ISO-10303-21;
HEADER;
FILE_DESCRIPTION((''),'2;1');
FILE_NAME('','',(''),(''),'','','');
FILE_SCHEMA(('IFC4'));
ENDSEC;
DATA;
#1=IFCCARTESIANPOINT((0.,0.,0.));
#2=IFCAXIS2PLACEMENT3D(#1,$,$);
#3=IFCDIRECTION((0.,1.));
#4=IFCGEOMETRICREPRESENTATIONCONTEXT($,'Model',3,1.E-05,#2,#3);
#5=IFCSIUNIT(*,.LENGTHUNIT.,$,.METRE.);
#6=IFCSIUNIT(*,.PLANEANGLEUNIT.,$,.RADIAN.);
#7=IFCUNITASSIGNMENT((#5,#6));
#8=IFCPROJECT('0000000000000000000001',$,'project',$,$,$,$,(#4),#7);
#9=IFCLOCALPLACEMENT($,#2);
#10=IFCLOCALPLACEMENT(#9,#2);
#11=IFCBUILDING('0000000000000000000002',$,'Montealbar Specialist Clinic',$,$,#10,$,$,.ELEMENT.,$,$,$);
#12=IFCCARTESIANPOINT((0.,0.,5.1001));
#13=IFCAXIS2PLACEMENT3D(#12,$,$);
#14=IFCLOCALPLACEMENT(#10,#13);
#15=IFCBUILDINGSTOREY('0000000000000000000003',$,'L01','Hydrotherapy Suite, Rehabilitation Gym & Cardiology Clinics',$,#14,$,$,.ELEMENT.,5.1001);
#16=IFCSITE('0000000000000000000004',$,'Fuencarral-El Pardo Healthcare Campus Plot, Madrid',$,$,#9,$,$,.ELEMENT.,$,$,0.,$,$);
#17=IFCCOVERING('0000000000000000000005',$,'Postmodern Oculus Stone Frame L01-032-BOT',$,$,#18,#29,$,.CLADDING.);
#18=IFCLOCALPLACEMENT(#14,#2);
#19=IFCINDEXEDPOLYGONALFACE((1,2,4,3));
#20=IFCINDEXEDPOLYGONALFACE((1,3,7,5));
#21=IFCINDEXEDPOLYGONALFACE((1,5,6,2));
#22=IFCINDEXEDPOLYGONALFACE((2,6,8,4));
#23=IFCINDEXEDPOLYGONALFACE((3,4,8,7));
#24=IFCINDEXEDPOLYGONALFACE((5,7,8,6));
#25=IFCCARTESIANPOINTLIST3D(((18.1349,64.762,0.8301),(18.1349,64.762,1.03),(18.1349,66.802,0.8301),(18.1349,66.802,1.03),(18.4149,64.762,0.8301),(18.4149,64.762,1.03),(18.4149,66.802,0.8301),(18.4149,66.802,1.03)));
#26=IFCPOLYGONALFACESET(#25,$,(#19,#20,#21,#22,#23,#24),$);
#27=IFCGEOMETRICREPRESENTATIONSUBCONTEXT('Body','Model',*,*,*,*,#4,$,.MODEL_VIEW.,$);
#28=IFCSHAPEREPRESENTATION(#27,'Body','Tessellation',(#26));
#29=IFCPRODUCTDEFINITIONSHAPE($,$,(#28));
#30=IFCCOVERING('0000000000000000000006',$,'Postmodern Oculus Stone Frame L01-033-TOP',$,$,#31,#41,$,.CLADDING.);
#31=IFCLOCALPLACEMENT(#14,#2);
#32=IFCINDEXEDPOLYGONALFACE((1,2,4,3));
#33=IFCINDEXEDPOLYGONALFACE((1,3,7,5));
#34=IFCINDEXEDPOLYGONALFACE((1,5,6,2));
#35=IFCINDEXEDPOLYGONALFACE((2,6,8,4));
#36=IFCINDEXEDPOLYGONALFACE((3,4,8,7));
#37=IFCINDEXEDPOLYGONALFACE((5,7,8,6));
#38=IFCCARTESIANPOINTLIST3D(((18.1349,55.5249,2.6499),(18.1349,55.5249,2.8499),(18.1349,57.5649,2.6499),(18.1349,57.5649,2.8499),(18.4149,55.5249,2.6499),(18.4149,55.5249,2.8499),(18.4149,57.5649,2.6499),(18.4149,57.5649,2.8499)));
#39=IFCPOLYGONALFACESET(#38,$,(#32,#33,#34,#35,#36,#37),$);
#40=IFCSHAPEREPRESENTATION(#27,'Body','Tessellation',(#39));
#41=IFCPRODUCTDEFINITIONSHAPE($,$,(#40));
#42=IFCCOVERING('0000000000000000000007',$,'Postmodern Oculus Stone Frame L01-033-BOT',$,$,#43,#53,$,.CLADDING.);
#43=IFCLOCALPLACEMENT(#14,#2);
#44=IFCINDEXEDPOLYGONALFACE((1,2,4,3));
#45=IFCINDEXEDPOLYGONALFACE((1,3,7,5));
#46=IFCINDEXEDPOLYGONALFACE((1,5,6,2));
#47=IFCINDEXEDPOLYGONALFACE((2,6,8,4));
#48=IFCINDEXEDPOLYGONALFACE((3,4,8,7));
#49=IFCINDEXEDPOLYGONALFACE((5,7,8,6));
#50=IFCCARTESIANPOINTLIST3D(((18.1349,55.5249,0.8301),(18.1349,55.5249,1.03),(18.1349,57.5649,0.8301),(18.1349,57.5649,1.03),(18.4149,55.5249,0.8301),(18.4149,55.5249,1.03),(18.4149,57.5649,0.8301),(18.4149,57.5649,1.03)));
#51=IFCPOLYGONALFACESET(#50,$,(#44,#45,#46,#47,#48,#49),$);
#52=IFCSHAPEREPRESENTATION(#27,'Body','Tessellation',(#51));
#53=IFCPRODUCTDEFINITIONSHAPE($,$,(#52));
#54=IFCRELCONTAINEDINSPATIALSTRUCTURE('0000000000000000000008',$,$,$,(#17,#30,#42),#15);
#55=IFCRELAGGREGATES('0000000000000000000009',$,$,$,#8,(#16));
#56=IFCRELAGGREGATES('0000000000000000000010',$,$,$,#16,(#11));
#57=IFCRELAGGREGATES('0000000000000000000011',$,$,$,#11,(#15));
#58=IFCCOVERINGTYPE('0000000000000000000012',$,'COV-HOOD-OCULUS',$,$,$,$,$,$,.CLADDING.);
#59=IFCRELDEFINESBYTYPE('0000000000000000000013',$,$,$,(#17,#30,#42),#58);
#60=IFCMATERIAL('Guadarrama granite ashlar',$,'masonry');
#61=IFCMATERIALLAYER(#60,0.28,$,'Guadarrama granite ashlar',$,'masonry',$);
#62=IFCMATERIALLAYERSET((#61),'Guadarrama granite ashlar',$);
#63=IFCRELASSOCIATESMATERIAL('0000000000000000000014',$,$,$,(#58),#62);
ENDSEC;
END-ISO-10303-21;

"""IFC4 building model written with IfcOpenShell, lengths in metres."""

from ifc_helpers import new_model, si_unit, direction, frame, origin, origin_2d, place, context, subcontext, project, spatial, rectangle, extrude, material, layer, layer_set, type_object, element, save


model = new_model("IFC4")

# Units and contexts
model_context = context("Model", 3, precision=1e-05, world=origin(), true_north=direction((0.0, 1.0)))
body_context = subcontext(model_context, "Body", "Model", "MODEL_VIEW")
ifc_project = project(units=[si_unit("LENGTHUNIT", "METRE"), si_unit("PLANEANGLEUNIT", "RADIAN")], contexts=[model_context])

# Site, building, storey
site_placement = place(None, origin())
site = spatial("IfcSite", under=ifc_project, at=site_placement, Name="Fuencarral-El Pardo Healthcare Campus Plot, Madrid", CompositionType="ELEMENT", RefElevation=0.0)
building_placement = place(site_placement, origin())
building = spatial("IfcBuilding", under=site, at=building_placement, Name="Montealbar Specialist Clinic", CompositionType="ELEMENT")
storey_placement = place(building_placement, frame((0.0, 0.0, 5.1001)))
storey = spatial("IfcBuildingStorey", under=building, at=storey_placement, Name="L01", Description="Hydrotherapy Suite, Rehabilitation Gym & Cardiology Clinics", CompositionType="ELEMENT", Elevation=5.1001)

# Coverings
ifc_material_1 = material(Name="Guadarrama granite ashlar", Category="masonry")
ifc_layer_1 = layer(ifc_material_1, 0.28, Name="Guadarrama granite ashlar", Category="masonry")
ifc_layer_set_1 = layer_set([ifc_layer_1], Name="Guadarrama granite ashlar")
covering_type_1 = type_object("IfcCoveringType", Name="COV-HOOD-OCULUS", PredefinedType="CLADDING", material=ifc_layer_set_1)
for number, where, z_axis, x_axis, name in (
    (1, (18.2749, 65.782, 0.8301), (0.0, 0.0, 1.0), (0.0, -1.0, 0.0), "Postmodern Oculus Stone Frame L01-032-BOT"),
    (2, (18.2749, 56.5449, 2.6499), (0.0, 0.0, 1.0), (0.0, -1.0, 0.0), "Postmodern Oculus Stone Frame L01-033-TOP"),
    (3, (18.2749, 56.5449, 0.8301), (0.0, 0.0, 1.0), (0.0, -1.0, 0.0), "Postmodern Oculus Stone Frame L01-033-BOT"),
):
    element("IfcCovering", number, at=place(storey_placement, frame(where, z_axis=z_axis, x_axis=x_axis)), inside=storey, type_object=covering_type_1, Name=name, PredefinedType="CLADDING", context=body_context, shape_type="SweptSolid", body=[
        extrude(rectangle(XDim=2.04, YDim=0.28, at=origin_2d()), origin(), (0.0, 0.0, 1.0), 0.2),
    ])

save(model, "model.ifc")
